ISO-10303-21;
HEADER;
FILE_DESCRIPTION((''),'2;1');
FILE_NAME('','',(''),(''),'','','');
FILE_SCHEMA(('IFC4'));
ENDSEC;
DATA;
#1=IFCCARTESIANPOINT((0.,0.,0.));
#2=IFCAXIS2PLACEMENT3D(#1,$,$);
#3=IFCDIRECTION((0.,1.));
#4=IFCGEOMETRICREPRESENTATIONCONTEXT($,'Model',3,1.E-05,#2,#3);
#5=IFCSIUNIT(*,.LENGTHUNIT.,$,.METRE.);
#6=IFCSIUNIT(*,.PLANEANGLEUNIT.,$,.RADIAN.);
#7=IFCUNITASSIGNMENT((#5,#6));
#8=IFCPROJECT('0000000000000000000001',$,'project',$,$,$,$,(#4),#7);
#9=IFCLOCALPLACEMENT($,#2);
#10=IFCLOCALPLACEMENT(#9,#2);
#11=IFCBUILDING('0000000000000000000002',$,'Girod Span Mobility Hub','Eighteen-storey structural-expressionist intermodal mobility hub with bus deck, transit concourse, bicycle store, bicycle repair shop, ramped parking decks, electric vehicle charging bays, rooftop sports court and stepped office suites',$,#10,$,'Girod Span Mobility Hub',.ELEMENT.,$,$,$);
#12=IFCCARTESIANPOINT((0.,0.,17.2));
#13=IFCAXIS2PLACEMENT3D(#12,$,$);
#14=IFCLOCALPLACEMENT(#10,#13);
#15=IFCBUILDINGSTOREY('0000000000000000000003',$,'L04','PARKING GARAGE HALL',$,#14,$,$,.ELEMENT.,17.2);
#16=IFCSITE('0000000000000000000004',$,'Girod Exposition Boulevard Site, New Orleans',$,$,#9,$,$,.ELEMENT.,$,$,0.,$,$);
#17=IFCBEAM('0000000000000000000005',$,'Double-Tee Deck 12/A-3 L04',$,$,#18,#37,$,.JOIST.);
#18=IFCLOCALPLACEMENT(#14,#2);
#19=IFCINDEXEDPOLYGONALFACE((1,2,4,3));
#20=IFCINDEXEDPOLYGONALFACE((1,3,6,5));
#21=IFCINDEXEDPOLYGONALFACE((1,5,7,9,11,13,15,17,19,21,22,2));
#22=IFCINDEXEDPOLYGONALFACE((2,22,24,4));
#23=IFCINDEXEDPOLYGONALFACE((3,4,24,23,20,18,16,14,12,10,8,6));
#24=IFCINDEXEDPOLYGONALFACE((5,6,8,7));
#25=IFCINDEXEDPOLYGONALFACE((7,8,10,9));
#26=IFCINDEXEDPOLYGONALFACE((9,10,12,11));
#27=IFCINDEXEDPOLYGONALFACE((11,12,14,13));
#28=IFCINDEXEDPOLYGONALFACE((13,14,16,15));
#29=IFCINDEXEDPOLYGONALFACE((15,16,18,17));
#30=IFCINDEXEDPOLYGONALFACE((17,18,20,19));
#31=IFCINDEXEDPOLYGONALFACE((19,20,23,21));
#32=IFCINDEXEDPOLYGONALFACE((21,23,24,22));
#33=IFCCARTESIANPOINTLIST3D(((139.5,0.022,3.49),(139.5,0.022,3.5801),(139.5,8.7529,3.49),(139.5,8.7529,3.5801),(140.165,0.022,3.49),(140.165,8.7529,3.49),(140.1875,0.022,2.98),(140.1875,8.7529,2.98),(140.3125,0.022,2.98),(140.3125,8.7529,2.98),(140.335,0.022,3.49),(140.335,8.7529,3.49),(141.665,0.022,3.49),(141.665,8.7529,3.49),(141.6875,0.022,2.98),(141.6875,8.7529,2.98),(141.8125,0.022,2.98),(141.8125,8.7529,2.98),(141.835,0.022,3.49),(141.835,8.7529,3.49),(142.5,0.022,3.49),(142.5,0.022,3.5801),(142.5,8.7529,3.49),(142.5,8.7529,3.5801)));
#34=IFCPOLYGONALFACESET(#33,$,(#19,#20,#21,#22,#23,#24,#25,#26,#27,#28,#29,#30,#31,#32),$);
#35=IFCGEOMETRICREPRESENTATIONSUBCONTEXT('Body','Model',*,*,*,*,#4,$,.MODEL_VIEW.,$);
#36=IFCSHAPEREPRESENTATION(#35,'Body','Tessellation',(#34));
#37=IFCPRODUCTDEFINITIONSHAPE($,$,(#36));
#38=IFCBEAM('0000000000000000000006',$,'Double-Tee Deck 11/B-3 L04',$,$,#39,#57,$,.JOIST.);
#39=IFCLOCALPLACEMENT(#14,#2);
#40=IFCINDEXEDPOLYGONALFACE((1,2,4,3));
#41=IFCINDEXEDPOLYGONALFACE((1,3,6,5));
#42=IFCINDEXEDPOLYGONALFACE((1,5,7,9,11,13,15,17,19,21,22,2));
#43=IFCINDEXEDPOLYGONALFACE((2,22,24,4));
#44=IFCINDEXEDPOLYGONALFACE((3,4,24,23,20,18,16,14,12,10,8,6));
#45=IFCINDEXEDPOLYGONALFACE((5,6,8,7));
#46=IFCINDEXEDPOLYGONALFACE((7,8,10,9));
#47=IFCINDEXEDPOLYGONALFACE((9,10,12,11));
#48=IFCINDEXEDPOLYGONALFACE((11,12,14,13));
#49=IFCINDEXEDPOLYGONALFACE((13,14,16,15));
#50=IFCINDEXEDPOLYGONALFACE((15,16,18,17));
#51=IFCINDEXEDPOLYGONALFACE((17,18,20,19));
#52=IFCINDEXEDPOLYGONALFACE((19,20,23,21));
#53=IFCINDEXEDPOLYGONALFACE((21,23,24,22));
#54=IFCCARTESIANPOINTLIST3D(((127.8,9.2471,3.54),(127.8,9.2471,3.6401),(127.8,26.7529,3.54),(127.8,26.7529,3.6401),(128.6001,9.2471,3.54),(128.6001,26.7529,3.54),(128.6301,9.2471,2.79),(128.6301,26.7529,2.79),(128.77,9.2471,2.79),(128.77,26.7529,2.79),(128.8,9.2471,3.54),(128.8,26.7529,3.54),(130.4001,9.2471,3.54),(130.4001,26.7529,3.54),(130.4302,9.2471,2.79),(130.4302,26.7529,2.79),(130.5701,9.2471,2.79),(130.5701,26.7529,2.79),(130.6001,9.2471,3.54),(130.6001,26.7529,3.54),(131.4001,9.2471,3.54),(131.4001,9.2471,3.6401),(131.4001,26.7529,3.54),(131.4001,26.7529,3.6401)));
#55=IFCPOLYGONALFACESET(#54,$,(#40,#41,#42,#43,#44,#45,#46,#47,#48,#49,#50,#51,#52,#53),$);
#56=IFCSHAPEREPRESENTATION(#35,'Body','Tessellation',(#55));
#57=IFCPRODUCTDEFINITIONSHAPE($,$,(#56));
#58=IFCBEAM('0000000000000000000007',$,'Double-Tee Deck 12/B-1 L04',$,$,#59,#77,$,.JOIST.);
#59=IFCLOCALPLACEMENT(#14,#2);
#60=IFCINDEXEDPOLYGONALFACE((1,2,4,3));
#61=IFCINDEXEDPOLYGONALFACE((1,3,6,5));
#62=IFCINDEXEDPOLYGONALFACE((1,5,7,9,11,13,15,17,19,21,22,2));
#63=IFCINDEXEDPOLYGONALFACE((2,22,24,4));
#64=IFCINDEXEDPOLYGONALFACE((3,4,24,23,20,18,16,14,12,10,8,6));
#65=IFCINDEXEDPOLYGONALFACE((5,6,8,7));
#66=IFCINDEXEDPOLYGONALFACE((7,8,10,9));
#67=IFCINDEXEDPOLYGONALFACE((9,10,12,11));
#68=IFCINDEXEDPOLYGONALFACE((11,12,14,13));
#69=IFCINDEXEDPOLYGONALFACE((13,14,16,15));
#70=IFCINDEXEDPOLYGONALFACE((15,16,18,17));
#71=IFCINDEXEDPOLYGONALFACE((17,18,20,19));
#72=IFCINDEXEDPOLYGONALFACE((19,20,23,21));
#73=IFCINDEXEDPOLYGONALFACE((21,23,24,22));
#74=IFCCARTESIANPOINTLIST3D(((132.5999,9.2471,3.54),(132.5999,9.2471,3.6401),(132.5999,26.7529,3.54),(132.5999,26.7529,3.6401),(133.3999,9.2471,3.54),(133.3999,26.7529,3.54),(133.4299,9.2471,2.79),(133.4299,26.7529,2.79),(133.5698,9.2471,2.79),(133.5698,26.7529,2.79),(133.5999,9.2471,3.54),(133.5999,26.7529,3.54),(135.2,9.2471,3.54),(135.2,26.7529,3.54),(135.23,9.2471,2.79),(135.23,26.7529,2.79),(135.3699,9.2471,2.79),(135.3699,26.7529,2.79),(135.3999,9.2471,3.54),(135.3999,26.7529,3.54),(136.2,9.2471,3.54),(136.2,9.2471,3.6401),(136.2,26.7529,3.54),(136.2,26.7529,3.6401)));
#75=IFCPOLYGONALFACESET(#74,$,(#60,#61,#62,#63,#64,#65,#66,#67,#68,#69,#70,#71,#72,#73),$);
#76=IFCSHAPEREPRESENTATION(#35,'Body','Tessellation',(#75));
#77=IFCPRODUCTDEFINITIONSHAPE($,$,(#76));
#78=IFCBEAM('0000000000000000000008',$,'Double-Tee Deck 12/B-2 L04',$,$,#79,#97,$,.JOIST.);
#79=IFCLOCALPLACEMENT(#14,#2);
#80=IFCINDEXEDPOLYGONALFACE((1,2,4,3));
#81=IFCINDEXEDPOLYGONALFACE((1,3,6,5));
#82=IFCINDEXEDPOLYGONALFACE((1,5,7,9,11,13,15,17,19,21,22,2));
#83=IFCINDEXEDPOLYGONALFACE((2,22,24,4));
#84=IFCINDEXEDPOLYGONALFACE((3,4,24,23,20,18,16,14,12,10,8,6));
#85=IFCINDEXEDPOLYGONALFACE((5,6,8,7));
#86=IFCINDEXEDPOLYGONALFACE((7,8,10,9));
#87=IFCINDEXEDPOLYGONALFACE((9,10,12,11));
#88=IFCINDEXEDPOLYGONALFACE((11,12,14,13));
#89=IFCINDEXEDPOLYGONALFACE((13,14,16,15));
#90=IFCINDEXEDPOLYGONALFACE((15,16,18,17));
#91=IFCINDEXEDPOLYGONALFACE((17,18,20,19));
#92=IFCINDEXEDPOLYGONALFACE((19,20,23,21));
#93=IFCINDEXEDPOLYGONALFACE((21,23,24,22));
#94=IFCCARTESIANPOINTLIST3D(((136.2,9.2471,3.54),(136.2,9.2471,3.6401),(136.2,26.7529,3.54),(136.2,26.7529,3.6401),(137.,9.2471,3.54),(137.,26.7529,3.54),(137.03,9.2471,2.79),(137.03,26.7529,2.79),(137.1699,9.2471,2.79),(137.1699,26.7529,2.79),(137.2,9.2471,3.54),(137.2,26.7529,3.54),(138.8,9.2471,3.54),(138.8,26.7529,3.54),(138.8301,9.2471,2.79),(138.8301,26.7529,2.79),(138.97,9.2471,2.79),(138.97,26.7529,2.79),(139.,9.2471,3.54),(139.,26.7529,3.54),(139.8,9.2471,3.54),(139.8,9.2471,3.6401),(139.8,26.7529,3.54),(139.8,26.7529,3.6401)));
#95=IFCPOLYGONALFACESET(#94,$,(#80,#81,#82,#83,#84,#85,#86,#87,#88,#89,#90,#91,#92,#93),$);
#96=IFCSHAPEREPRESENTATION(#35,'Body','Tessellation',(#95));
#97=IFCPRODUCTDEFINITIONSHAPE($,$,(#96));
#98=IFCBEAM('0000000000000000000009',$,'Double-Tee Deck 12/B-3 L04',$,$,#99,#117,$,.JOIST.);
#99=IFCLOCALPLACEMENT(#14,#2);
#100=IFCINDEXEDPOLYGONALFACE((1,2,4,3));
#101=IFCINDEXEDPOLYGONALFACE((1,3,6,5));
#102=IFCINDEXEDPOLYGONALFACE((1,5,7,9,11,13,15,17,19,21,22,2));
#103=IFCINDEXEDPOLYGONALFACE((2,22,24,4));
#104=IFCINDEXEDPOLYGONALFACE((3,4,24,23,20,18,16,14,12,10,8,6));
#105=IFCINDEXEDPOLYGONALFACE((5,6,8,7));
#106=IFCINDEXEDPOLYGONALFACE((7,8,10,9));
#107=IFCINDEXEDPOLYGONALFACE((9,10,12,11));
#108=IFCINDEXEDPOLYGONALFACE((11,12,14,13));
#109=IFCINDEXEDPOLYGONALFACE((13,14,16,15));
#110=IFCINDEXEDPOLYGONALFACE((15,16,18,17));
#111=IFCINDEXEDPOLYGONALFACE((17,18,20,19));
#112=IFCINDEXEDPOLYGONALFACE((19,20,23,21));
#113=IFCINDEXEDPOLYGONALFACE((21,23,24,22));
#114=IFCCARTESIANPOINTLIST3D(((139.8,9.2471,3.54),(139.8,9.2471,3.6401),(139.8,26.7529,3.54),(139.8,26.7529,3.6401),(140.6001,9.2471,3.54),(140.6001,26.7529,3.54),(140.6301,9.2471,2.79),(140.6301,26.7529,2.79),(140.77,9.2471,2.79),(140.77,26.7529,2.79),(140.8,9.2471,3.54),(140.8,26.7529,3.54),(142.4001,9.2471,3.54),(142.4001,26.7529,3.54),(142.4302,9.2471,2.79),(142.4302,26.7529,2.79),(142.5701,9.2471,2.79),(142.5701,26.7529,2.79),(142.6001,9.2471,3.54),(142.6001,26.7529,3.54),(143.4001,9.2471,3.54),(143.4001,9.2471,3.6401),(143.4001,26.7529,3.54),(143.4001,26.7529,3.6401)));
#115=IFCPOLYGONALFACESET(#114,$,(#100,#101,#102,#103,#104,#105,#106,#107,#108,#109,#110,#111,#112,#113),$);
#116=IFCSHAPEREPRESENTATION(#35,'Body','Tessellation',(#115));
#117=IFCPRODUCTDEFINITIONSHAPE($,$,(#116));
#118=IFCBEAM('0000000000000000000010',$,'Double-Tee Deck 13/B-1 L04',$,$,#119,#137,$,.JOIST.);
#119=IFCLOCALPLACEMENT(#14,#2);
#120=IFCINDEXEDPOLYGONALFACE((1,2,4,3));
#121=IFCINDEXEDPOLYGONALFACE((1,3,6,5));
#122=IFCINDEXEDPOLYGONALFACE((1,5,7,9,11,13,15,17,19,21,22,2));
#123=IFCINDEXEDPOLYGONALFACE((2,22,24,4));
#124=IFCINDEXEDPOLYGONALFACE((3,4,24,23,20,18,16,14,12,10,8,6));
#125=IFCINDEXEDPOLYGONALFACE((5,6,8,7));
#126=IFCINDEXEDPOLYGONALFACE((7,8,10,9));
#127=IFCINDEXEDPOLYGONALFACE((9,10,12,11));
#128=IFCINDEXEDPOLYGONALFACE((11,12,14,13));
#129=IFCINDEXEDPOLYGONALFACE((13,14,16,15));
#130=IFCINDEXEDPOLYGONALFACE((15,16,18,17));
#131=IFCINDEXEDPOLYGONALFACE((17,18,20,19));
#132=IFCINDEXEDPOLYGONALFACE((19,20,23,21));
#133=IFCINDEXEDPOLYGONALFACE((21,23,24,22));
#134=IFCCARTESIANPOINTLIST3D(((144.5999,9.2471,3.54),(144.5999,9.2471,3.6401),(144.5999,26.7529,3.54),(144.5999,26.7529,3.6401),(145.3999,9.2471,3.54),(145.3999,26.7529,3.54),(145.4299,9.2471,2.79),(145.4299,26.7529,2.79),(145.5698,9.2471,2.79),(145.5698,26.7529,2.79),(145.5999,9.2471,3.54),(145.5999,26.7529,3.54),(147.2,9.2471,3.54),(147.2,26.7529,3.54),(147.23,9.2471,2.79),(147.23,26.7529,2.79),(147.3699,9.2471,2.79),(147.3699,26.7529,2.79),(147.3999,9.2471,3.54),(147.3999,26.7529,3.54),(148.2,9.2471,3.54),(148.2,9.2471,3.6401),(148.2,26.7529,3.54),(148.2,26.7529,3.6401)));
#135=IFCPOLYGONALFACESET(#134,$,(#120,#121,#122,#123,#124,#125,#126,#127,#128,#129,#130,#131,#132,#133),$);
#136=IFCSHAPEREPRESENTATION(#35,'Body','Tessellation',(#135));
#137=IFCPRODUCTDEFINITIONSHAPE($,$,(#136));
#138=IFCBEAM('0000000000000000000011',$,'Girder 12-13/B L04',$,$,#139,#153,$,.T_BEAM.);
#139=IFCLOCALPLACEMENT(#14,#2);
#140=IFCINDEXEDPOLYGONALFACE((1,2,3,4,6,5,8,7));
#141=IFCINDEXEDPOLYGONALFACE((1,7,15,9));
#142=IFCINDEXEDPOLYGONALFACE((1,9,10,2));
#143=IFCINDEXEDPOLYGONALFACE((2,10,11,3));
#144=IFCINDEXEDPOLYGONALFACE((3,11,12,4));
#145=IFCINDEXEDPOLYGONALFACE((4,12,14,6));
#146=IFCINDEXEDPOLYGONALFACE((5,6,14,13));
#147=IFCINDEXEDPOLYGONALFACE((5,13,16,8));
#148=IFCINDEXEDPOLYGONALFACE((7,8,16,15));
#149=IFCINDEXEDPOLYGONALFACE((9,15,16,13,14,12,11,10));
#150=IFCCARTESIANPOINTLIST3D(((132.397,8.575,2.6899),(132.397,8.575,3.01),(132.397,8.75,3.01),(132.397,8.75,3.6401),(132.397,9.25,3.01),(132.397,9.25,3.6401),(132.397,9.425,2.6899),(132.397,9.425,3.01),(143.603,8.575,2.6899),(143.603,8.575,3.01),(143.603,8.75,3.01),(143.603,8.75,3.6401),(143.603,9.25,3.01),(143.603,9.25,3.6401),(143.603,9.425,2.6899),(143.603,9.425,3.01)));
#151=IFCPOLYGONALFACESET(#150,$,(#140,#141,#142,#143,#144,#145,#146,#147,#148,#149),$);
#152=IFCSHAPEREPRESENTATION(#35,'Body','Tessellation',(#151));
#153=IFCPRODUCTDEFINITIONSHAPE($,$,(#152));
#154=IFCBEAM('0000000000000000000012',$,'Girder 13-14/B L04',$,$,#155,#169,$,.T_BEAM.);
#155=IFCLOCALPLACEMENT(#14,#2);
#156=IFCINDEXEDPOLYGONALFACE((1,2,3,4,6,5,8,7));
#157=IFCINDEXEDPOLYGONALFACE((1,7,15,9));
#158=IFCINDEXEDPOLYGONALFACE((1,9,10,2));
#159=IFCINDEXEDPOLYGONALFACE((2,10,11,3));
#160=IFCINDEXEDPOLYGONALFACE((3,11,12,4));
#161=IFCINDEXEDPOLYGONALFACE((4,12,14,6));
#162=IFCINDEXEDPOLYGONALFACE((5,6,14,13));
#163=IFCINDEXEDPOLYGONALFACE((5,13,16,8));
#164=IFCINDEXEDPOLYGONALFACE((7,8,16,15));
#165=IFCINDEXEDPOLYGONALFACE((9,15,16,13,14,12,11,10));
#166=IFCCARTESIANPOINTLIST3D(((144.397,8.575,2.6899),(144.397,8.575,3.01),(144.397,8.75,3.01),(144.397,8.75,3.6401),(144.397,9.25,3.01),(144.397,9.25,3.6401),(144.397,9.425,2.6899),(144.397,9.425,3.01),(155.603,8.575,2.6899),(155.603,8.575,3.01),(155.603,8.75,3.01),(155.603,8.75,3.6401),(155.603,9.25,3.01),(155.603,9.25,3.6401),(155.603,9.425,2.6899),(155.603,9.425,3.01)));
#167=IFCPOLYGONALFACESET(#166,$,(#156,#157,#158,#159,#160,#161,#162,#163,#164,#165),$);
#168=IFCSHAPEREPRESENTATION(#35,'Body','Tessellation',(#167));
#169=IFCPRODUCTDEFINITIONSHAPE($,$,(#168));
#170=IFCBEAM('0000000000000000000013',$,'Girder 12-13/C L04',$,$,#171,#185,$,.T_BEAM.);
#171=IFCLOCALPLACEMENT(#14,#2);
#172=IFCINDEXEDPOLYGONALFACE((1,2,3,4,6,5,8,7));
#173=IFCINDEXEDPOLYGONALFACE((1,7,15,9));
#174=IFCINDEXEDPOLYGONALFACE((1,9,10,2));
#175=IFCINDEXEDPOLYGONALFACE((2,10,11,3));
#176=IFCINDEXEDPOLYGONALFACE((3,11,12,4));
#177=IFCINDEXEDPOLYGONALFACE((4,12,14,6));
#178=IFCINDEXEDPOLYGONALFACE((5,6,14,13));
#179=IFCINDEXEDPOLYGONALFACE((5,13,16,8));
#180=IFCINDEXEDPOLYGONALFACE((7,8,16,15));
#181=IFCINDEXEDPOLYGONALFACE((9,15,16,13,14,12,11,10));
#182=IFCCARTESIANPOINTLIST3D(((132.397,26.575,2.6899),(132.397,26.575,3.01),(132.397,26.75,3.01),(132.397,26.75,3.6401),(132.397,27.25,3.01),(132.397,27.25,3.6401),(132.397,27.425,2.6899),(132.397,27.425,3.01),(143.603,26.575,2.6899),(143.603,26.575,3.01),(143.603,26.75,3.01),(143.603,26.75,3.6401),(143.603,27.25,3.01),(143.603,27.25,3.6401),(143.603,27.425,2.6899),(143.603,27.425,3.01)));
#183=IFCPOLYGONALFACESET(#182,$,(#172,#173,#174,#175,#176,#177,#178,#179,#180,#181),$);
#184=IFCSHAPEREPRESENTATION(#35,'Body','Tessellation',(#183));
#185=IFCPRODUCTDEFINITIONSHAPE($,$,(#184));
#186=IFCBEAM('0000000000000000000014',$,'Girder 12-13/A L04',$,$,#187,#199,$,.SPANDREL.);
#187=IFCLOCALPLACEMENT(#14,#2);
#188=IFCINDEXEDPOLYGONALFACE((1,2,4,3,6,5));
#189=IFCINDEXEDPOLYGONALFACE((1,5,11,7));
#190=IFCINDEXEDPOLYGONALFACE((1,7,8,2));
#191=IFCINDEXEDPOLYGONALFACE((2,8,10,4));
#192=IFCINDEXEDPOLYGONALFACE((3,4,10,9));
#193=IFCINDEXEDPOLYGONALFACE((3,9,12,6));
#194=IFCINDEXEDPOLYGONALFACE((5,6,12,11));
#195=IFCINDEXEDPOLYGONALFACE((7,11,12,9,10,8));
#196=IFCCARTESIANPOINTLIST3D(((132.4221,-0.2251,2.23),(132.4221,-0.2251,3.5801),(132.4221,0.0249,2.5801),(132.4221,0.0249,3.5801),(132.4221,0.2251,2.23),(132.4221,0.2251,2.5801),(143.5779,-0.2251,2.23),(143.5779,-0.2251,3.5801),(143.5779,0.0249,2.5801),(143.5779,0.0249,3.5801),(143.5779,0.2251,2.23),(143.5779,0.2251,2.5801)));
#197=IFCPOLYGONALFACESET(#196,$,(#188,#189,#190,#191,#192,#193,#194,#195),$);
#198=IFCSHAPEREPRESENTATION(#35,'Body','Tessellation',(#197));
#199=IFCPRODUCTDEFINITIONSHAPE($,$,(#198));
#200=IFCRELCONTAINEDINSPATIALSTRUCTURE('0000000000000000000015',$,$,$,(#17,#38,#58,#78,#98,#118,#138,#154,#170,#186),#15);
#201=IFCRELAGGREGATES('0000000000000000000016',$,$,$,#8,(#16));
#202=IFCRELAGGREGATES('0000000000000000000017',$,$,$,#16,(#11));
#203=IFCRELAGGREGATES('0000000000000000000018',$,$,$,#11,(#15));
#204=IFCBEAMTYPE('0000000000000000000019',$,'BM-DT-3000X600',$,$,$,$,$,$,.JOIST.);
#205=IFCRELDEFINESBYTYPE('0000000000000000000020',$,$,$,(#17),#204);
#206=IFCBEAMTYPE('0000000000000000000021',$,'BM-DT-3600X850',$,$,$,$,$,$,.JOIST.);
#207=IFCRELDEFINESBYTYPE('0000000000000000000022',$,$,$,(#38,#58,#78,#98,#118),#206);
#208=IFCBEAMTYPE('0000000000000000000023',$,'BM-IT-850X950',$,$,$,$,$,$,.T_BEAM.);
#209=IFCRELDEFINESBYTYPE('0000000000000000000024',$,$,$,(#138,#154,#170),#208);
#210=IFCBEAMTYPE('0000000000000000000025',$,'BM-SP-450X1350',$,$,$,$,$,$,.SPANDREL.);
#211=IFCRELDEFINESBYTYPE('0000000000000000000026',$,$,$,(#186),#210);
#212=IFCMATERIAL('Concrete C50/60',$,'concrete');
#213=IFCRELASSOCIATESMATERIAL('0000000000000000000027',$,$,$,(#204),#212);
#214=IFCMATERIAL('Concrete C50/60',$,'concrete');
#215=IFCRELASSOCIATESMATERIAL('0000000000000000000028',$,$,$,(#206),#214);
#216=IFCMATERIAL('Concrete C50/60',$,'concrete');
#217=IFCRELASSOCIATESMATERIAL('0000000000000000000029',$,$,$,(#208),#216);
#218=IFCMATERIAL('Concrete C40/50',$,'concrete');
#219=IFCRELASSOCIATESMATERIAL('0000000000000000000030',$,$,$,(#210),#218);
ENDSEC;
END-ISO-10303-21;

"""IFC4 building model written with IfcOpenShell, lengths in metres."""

from ifc_helpers import new_model, si_unit, direction, frame, origin, place, context, subcontext, project, spatial, polyline, outline, extrude, material, material_profile, profile_set, type_object, element, save


model = new_model("IFC4")

# Units and contexts
model_context = context("Model", 3, precision=1e-05, world=origin(), true_north=direction((0.0, 1.0)))
body_context = subcontext(model_context, "Body", "Model", "MODEL_VIEW")
ifc_project = project(units=[si_unit("LENGTHUNIT", "METRE"), si_unit("PLANEANGLEUNIT", "RADIAN")], contexts=[model_context])

# Site, building, storey
site_placement = place(None, origin())
site = spatial("IfcSite", under=ifc_project, at=site_placement, Name="Girod Exposition Boulevard Site, New Orleans", CompositionType="ELEMENT", RefElevation=0.0)
building_placement = place(site_placement, origin())
building = spatial("IfcBuilding", under=site, at=building_placement, Name="Girod Span Mobility Hub", Description="Eighteen-storey structural-expressionist intermodal mobility hub with bus deck, transit concourse, bicycle store, bicycle repair shop, ramped parking decks, electric vehicle charging bays, rooftop sports court and stepped office suites", LongName="Girod Span Mobility Hub", CompositionType="ELEMENT")
storey_placement = place(building_placement, frame((0.0, 0.0, 17.2)))
storey = spatial("IfcBuildingStorey", under=building, at=storey_placement, Name="L04", Description="PARKING GARAGE HALL", CompositionType="ELEMENT", Elevation=17.2)

# Beams
ifc_material_1 = material(Name="Concrete C50/60", Category="concrete")
ifc_material_profile_1 = material_profile(ifc_material_1, outline(polyline([(-1.5, 0.3), (-1.5, 0.21), (-0.835, 0.21), (-0.8125, -0.3), (-0.6875, -0.3), (-0.665, 0.21), (0.665, 0.21), (0.6875, -0.3), (0.8125, -0.3), (0.835, 0.21), (1.5, 0.21), (1.5, 0.3), (-1.5, 0.3)])), Name="DT-3000X600")
ifc_profile_set_1 = profile_set([ifc_material_profile_1], Name="Concrete C50/60")
beam_type_1 = type_object("IfcBeamType", Name="BM-DT-3000X600", PredefinedType="JOIST", material=ifc_profile_set_1)
for number, where, z_axis, x_axis, name in (
    (1, (141.0, 0.022, 3.28), (0.0, 1.0, 0.0), (-1.0, 0.0, 0.0), "Double-Tee Deck 12/A-3 L04"),
):
    element("IfcBeam", number, at=place(storey_placement, frame(where, z_axis=z_axis, x_axis=x_axis)), inside=storey, type_object=beam_type_1, Name=name, PredefinedType="JOIST", context=body_context, shape_type="SweptSolid", body=[
        extrude(outline(polyline([(-1.5, 0.3), (-1.5, 0.21), (-0.835, 0.21), (-0.8125, -0.3), (-0.6875, -0.3), (-0.665, 0.21), (0.665, 0.21), (0.6875, -0.3), (0.8125, -0.3), (0.835, 0.21), (1.5, 0.21), (1.5, 0.3), (-1.5, 0.3)])), origin(), (0.0, 0.0, 1.0), 8.731),
    ])
ifc_material_2 = material(Name="Concrete C50/60", Category="concrete")
ifc_material_profile_2 = material_profile(ifc_material_2, outline(polyline([(-1.8, 0.425), (-1.8, 0.325), (-1.0, 0.325), (-0.97, -0.425), (-0.8301, -0.425), (-0.8, 0.325), (0.8, 0.325), (0.8301, -0.425), (0.97, -0.425), (1.0, 0.325), (1.8, 0.325), (1.8, 0.425), (-1.8, 0.425)])), Name="DT-3600X850")
ifc_profile_set_2 = profile_set([ifc_material_profile_2], Name="Concrete C50/60")
beam_type_2 = type_object("IfcBeamType", Name="BM-DT-3600X850", PredefinedType="JOIST", material=ifc_profile_set_2)
for number, where, z_axis, x_axis, name in (
    (2, (129.6001, 9.2471, 3.2151), (0.0, 1.0, 0.0), (-1.0, 0.0, 0.0), "Double-Tee Deck 11/B-3 L04"),
    (3, (134.3999, 9.2471, 3.2151), (0.0, 1.0, 0.0), (-1.0, 0.0, 0.0), "Double-Tee Deck 12/B-1 L04"),
    (4, (138.0, 9.2471, 3.2151), (0.0, 1.0, 0.0), (-1.0, 0.0, 0.0), "Double-Tee Deck 12/B-2 L04"),
    (5, (141.6001, 9.2471, 3.2151), (0.0, 1.0, 0.0), (-1.0, 0.0, 0.0), "Double-Tee Deck 12/B-3 L04"),
    (6, (146.3999, 9.2471, 3.2151), (0.0, 1.0, 0.0), (-1.0, 0.0, 0.0), "Double-Tee Deck 13/B-1 L04"),
):
    element("IfcBeam", number, at=place(storey_placement, frame(where, z_axis=z_axis, x_axis=x_axis)), inside=storey, type_object=beam_type_2, Name=name, PredefinedType="JOIST", context=body_context, shape_type="SweptSolid", body=[
        extrude(outline(polyline([(-1.8, 0.425), (-1.8, 0.325), (-1.0, 0.325), (-0.97, -0.425), (-0.8301, -0.425), (-0.8, 0.325), (0.8, 0.325), (0.8301, -0.425), (0.97, -0.425), (1.0, 0.325), (1.8, 0.325), (1.8, 0.425), (-1.8, 0.425)])), origin(), (0.0, 0.0, 1.0), 17.5059),
    ])
ifc_material_3 = material(Name="Concrete C50/60", Category="concrete")
ifc_material_profile_3 = material_profile(ifc_material_3, outline(polyline([(-0.425, -0.4751), (0.425, -0.4751), (0.425, -0.155), (0.25, -0.155), (0.25, 0.4751), (-0.25, 0.4751), (-0.25, -0.155), (-0.425, -0.155), (-0.425, -0.4751)])), Name="IT-850X950")
ifc_profile_set_3 = profile_set([ifc_material_profile_3], Name="Concrete C50/60")
beam_type_3 = type_object("IfcBeamType", Name="BM-IT-850X950", PredefinedType="T_BEAM", material=ifc_profile_set_3)
for number, where, z_axis, x_axis, name in (
    (7, (132.397, 9.0, 3.165), (1.0, 0.0, 0.0), (0.0, 1.0, 0.0), "Girder 12-13/B L04"),
    (8, (144.397, 9.0, 3.165), (1.0, 0.0, 0.0), (0.0, 1.0, 0.0), "Girder 13-14/B L04"),
    (9, (132.397, 27.0, 3.165), (1.0, 0.0, 0.0), (0.0, 1.0, 0.0), "Girder 12-13/C L04"),
):
    element("IfcBeam", number, at=place(storey_placement, frame(where, z_axis=z_axis, x_axis=x_axis)), inside=storey, type_object=beam_type_3, Name=name, PredefinedType="T_BEAM", context=body_context, shape_type="SweptSolid", body=[
        extrude(outline(polyline([(-0.425, -0.4751), (0.425, -0.4751), (0.425, -0.155), (0.25, -0.155), (0.25, 0.4751), (-0.25, 0.4751), (-0.25, -0.155), (-0.425, -0.155), (-0.425, -0.4751)])), origin(), (0.0, 0.0, 1.0), 11.2061),
    ])
ifc_material_4 = material(Name="Concrete C40/50", Category="concrete")
ifc_material_profile_4 = material_profile(ifc_material_4, outline(polyline([(-0.2251, -0.675), (0.2251, -0.675), (0.2251, -0.325), (0.0249, -0.325), (0.0249, 0.675), (-0.2251, 0.675), (-0.2251, -0.675)])), Name="SP-450X1350")
ifc_profile_set_4 = profile_set([ifc_material_profile_4], Name="Concrete C40/50")
beam_type_4 = type_object("IfcBeamType", Name="BM-SP-450X1350", PredefinedType="SPANDREL", material=ifc_profile_set_4)
for number, where, z_axis, x_axis, name in (
    (10, (132.4221, 0.0, 2.905), (1.0, 0.0, 0.0), (0.0, 1.0, 0.0), "Girder 12-13/A L04"),
):
    element("IfcBeam", number, at=place(storey_placement, frame(where, z_axis=z_axis, x_axis=x_axis)), inside=storey, type_object=beam_type_4, Name=name, PredefinedType="SPANDREL", context=body_context, shape_type="SweptSolid", body=[
        extrude(outline(polyline([(-0.2251, -0.675), (0.2251, -0.675), (0.2251, -0.325), (0.0249, -0.325), (0.0249, 0.675), (-0.2251, 0.675), (-0.2251, -0.675)])), origin(), (0.0, 0.0, 1.0), 11.1558),
    ])

save(model, "model.ifc")
